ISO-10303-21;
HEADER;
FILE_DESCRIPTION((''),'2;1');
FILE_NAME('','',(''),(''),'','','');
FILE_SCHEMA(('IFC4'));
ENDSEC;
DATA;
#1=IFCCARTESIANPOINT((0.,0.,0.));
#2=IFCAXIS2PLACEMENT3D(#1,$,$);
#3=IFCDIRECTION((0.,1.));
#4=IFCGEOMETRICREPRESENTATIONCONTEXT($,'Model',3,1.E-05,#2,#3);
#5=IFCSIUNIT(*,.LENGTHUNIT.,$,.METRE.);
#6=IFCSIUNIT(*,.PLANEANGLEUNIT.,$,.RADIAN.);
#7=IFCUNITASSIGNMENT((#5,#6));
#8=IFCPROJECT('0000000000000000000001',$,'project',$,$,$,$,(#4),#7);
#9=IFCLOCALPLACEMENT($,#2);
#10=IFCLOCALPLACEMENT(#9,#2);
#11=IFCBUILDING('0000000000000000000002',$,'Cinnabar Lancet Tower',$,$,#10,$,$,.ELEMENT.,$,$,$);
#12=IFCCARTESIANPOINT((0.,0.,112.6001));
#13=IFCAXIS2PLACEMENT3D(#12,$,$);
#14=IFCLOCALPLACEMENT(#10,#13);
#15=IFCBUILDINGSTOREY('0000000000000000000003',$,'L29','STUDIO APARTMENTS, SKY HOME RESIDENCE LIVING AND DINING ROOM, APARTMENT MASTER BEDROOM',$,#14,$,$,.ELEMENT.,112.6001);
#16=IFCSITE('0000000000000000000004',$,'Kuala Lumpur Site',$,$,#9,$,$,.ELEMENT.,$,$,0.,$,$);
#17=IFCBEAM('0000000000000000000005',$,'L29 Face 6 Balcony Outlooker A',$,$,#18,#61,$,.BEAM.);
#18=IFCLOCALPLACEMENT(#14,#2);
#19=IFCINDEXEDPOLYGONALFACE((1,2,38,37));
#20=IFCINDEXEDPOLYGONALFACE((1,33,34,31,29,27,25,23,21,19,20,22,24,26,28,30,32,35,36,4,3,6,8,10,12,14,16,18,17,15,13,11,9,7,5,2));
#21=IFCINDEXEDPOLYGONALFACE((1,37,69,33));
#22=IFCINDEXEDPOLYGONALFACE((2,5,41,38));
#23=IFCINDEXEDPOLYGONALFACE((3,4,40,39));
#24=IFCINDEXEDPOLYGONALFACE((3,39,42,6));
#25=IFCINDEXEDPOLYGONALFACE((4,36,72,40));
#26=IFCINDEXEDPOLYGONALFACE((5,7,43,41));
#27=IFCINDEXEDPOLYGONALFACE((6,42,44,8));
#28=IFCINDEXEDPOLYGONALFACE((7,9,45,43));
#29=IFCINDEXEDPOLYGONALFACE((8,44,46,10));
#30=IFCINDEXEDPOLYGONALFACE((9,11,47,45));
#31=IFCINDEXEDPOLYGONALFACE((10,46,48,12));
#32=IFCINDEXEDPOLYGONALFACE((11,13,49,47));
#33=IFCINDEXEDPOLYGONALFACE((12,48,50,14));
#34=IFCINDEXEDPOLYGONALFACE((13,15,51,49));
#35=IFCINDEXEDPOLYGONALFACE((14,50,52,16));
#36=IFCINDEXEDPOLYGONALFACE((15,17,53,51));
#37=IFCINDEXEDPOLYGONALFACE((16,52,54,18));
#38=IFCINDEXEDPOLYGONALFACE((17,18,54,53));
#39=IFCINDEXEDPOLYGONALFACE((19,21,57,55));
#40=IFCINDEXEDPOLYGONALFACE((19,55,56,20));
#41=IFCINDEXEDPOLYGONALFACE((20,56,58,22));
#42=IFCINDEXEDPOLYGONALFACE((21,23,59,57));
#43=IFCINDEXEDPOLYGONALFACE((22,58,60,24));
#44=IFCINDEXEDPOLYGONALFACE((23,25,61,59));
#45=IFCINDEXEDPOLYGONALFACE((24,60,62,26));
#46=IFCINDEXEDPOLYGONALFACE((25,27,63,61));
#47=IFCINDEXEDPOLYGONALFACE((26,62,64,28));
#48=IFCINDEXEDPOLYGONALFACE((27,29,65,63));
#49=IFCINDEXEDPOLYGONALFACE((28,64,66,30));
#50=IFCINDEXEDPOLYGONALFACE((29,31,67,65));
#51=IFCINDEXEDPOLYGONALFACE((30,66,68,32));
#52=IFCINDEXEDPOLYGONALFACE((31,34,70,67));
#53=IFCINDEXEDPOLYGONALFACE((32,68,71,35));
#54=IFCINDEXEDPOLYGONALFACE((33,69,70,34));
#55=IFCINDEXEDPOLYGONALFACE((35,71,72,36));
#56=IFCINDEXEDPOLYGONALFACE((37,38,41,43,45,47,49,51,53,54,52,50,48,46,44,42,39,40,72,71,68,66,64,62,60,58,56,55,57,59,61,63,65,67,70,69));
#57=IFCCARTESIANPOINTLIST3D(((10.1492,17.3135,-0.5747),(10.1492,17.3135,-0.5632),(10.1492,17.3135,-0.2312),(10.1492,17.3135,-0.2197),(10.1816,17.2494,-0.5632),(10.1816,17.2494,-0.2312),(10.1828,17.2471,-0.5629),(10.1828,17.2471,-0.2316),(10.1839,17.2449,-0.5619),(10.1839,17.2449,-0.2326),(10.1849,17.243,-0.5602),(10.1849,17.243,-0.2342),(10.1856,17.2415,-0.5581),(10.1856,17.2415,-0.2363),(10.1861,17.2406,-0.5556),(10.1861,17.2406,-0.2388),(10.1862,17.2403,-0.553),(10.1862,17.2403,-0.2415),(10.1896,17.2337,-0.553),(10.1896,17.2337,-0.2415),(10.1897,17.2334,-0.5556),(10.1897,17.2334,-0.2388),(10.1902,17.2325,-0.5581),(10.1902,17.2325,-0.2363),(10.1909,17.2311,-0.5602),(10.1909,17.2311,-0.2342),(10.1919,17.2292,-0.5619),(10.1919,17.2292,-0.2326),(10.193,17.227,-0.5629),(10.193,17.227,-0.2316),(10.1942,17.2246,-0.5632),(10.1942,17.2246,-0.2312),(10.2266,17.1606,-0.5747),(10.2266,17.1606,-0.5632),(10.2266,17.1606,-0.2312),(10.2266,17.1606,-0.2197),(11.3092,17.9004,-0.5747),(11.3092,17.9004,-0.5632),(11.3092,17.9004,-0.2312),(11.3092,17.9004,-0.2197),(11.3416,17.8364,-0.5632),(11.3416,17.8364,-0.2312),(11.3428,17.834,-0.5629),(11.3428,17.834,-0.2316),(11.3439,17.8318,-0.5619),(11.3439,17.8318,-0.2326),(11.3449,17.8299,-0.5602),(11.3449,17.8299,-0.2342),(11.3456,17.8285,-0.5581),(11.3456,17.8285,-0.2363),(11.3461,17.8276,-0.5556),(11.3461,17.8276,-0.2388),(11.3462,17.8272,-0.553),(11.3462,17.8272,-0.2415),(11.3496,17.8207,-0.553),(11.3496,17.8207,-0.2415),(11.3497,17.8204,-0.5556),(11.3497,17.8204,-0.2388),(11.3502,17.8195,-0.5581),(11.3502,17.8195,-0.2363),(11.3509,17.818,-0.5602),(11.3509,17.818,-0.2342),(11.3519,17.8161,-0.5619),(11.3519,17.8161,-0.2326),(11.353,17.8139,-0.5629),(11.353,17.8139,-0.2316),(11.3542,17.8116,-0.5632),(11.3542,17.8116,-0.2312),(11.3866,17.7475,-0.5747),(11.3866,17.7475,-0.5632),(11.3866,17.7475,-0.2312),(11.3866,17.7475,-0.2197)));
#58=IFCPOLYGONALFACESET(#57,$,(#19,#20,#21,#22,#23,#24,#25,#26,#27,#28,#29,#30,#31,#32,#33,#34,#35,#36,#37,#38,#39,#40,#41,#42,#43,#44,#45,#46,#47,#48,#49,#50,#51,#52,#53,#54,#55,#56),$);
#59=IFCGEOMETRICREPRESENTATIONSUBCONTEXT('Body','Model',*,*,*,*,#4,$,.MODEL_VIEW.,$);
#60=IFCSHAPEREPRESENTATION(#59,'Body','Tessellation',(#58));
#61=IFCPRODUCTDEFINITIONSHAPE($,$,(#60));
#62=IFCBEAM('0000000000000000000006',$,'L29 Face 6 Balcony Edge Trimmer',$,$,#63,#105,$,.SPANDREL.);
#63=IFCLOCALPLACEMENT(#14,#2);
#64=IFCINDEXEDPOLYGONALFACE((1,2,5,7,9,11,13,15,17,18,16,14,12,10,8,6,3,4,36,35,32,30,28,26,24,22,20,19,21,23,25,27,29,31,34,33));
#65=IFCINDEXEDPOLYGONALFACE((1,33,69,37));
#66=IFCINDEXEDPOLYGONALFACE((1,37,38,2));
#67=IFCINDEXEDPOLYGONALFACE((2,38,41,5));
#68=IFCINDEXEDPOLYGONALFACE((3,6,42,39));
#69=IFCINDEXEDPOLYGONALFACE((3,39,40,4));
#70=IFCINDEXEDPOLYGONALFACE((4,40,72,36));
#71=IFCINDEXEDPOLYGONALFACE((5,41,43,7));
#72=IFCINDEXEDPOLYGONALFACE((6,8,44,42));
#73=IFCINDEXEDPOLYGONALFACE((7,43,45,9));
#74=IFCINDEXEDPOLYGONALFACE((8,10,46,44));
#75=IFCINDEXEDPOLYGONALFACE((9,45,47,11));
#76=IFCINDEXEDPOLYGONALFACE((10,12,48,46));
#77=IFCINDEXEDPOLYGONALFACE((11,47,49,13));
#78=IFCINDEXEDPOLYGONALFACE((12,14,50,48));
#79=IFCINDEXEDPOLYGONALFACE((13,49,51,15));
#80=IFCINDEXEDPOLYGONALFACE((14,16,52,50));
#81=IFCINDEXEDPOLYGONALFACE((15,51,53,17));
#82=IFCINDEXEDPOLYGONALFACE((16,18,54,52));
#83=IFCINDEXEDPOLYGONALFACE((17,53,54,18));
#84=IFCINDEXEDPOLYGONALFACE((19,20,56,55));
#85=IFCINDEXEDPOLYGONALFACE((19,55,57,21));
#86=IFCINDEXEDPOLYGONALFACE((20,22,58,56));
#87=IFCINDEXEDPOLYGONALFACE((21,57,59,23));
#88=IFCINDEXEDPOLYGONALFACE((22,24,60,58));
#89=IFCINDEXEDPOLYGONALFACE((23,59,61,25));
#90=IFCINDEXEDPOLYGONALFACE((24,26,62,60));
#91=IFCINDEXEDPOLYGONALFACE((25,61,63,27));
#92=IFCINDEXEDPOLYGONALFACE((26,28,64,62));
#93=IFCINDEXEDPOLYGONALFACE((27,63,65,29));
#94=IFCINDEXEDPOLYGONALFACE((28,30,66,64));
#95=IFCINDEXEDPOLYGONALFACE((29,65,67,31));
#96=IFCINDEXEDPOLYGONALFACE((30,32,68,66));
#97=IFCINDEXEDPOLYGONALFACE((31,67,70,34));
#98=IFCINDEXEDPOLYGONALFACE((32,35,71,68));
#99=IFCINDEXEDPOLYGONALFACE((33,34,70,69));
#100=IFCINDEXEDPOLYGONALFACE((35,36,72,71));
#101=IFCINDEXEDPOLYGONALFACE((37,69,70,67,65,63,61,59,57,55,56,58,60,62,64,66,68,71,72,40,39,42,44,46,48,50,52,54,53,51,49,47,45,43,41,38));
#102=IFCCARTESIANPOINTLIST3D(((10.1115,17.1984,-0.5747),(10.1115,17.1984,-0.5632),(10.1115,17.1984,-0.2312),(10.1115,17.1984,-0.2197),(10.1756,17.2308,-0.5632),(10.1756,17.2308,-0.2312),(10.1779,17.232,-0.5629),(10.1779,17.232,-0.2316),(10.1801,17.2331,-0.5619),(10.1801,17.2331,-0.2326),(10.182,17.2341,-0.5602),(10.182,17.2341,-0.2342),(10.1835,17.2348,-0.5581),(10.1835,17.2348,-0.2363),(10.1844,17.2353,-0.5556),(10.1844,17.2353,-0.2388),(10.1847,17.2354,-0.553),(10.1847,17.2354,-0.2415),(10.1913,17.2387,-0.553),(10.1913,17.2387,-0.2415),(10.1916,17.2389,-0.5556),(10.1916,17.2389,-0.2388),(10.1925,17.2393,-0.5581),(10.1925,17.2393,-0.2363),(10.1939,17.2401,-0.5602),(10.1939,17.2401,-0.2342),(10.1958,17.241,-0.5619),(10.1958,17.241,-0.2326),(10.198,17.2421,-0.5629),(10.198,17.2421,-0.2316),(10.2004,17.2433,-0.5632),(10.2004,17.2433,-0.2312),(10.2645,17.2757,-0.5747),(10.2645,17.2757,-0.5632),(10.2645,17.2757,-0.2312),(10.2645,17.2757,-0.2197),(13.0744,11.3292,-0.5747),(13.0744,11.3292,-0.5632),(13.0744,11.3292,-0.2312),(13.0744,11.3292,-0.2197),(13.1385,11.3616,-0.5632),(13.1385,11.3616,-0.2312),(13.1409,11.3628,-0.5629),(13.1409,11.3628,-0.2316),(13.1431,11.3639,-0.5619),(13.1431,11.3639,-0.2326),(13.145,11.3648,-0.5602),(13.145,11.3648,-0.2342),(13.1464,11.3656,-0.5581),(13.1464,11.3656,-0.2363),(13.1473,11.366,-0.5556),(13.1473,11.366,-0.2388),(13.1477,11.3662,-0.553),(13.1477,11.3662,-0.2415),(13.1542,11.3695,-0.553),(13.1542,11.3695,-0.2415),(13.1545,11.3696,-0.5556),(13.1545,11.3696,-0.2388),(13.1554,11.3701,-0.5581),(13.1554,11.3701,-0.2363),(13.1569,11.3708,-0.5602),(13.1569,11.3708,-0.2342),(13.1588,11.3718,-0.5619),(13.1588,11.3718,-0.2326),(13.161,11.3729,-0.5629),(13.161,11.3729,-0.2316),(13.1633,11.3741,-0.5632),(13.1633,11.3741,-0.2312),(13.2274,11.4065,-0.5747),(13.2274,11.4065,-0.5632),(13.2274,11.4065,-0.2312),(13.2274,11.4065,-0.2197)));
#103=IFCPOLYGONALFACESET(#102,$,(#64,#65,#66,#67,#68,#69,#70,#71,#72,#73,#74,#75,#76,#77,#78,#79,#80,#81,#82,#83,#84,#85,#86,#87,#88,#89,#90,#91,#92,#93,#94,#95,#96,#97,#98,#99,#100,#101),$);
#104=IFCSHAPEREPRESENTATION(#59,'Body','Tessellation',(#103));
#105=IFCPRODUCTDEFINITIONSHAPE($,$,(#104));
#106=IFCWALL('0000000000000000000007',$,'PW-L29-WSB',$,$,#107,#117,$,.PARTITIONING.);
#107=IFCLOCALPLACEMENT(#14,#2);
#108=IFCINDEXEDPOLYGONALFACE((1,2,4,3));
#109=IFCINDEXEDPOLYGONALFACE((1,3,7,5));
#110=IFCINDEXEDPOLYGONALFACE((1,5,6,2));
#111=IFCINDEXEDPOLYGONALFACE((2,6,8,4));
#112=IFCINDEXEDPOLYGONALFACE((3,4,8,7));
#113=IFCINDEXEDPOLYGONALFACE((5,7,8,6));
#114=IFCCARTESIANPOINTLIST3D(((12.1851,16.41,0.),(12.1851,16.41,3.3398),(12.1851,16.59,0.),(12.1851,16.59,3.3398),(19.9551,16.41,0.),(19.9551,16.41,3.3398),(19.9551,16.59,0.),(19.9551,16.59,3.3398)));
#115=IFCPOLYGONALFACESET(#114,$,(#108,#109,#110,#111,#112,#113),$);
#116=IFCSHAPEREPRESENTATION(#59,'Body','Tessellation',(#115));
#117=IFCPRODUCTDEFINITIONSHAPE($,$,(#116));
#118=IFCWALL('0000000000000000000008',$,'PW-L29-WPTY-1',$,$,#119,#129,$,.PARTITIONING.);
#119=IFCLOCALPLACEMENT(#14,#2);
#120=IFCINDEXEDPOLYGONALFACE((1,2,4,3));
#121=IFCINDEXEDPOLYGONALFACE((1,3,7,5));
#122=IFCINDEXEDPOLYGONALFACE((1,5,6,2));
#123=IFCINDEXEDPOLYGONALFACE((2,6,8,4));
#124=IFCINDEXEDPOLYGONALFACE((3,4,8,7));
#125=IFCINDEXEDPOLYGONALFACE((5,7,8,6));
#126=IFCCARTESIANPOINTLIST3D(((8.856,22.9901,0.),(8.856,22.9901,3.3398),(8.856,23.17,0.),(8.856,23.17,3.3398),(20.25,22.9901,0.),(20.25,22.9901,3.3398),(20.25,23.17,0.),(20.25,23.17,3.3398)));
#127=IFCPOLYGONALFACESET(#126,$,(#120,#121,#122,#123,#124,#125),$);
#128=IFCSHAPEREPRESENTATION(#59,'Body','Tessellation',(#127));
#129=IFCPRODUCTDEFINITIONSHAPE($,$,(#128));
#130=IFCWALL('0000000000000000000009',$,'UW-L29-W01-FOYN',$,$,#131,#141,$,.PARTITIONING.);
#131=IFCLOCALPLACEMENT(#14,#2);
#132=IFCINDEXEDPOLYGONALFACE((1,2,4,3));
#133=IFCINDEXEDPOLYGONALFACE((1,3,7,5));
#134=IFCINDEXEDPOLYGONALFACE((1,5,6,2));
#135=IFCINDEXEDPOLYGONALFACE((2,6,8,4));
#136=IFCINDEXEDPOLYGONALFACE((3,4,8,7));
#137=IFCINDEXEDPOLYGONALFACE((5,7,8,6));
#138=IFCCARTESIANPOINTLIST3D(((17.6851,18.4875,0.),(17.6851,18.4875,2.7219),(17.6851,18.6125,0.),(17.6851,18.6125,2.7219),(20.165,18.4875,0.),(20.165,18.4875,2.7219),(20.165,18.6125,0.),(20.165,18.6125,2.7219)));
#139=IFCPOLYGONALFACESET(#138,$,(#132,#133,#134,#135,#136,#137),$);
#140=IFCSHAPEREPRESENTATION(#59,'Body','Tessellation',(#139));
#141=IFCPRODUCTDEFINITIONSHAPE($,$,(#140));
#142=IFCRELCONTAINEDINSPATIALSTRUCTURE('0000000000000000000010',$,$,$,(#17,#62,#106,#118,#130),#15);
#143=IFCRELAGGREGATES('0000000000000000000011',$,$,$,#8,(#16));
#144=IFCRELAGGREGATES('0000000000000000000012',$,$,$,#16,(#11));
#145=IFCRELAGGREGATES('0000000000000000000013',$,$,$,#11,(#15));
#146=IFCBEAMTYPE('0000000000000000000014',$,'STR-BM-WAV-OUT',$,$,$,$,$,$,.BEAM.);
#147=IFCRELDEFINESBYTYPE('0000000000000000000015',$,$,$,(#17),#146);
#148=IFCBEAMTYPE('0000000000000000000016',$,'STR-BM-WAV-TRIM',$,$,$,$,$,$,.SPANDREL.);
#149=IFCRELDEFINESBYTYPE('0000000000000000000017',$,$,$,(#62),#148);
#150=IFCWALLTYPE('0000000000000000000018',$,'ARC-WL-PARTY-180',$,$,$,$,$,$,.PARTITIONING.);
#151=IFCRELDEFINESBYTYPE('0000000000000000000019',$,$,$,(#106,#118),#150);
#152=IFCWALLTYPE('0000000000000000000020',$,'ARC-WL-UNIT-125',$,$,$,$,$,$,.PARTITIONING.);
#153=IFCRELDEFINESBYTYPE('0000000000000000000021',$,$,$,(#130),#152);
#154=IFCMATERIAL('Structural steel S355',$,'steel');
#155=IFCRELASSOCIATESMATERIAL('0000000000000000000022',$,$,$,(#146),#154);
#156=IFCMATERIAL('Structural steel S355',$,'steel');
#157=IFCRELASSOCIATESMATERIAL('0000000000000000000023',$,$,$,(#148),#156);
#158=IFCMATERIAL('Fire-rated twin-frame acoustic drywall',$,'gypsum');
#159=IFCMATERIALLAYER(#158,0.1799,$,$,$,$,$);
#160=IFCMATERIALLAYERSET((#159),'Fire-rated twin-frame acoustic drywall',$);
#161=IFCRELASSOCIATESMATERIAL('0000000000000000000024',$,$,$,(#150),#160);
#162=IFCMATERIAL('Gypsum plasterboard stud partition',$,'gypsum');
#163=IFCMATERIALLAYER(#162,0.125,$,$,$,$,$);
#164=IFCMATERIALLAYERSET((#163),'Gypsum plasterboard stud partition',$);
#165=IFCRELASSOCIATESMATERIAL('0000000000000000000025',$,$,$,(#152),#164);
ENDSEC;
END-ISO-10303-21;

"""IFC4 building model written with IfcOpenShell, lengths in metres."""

from ifc_helpers import new_model, si_unit, direction, frame, frame_2d, origin, origin_2d, place, context, subcontext, project, spatial, rectangle, i_section, extrude, material, layer, layer_set, material_profile, profile_set, type_object, element, save


model = new_model("IFC4")

# Units and contexts
model_context = context("Model", 3, precision=1e-05, world=origin(), true_north=direction((0.0, 1.0)))
body_context = subcontext(model_context, "Body", "Model", "MODEL_VIEW")
ifc_project = project(units=[si_unit("LENGTHUNIT", "METRE"), si_unit("PLANEANGLEUNIT", "RADIAN")], contexts=[model_context])

# Site, building, storey
site_placement = place(None, origin())
site = spatial("IfcSite", under=ifc_project, at=site_placement, Name="Kuala Lumpur Site", CompositionType="ELEMENT", RefElevation=0.0)
building_placement = place(site_placement, origin())
building = spatial("IfcBuilding", under=site, at=building_placement, Name="Cinnabar Lancet Tower", CompositionType="ELEMENT")
storey_placement = place(building_placement, frame((0.0, 0.0, 112.6001)))
storey = spatial("IfcBuildingStorey", under=building, at=storey_placement, Name="L29", Description="STUDIO APARTMENTS, SKY HOME RESIDENCE LIVING AND DINING ROOM, APARTMENT MASTER BEDROOM", CompositionType="ELEMENT", Elevation=112.6001)

# Beams
ifc_material_1 = material(Name="Structural steel S355", Category="steel")
ifc_material_profile_1 = material_profile(ifc_material_1, i_section(OverallWidth=0.1714, OverallDepth=0.355, WebThickness=0.0073, FlangeThickness=0.0115, FilletRadius=0.0103, at=origin_2d()), Name="UKB 356x171x51")
ifc_profile_set_1 = profile_set([ifc_material_profile_1], Name="Structural steel S355")
beam_type_1 = type_object("IfcBeamType", Name="STR-BM-WAV-OUT", PredefinedType="BEAM", material=ifc_profile_set_1)
beam_1_placement = place(storey_placement, frame((11.3479, 17.824, -0.3972), z_axis=(-0.892276, -0.45149, 0.0), x_axis=(0.45149, -0.892276, 0.0)))
element("IfcBeam", 1, at=beam_1_placement, inside=storey, type_object=beam_type_1, Name="L29 Face 6 Balcony Outlooker A", PredefinedType="BEAM", context=body_context, shape_type="SweptSolid", body=[
    extrude(i_section(OverallWidth=0.1714, OverallDepth=0.355, WebThickness=0.0073, FlangeThickness=0.0115, FilletRadius=0.0103, at=origin_2d()), origin(), (0.0, 0.0, 1.0), 1.3),
])
ifc_material_2 = material(Name="Structural steel S355", Category="steel")
ifc_material_profile_2 = material_profile(ifc_material_2, i_section(OverallWidth=0.1714, OverallDepth=0.355, WebThickness=0.0073, FlangeThickness=0.0115, FilletRadius=0.0103, at=origin_2d()), Name="UKB 356x171x51")
ifc_profile_set_2 = profile_set([ifc_material_profile_2], Name="Structural steel S355")
beam_type_2 = type_object("IfcBeamType", Name="STR-BM-WAV-TRIM", PredefinedType="SPANDREL", material=ifc_profile_set_2)
beam_2_placement = place(storey_placement, frame((10.188, 17.2371, -0.3972), z_axis=(0.450656, -0.892698, 0.0), x_axis=(0.892698, 0.450656, 0.0)))
element("IfcBeam", 2, at=beam_2_placement, inside=storey, type_object=beam_type_2, Name="L29 Face 6 Balcony Edge Trimmer", PredefinedType="SPANDREL", context=body_context, shape_type="SweptSolid", body=[
    extrude(i_section(OverallWidth=0.1714, OverallDepth=0.355, WebThickness=0.0073, FlangeThickness=0.0115, FilletRadius=0.0103, at=origin_2d()), origin(), (0.0, 0.0, 1.0), 6.5747),
])

# Walls
ifc_material_3 = material(Name="Fire-rated twin-frame acoustic drywall", Category="gypsum")
ifc_layer_1 = layer(ifc_material_3, 0.1799)
ifc_layer_set_1 = layer_set([ifc_layer_1], Name="Fire-rated twin-frame acoustic drywall")
wall_type_1 = type_object("IfcWallType", Name="ARC-WL-PARTY-180", PredefinedType="PARTITIONING", material=ifc_layer_set_1)
wall_1_placement = place(storey_placement, frame((12.1851, 16.5, 0.0), z_axis=(0.0, 0.0, 1.0), x_axis=(1.0, 0.0, 0.0)))
element("IfcWall", 3, at=wall_1_placement, inside=storey, type_object=wall_type_1, Name="PW-L29-WSB", PredefinedType="PARTITIONING", context=body_context, shape_type="SweptSolid", body=[
    extrude(rectangle(XDim=7.77, YDim=0.1799, at=frame_2d((3.885, 0.0))), origin(), (0.0, 0.0, 1.0), 3.3398),
])
wall_2_placement = place(storey_placement, frame((8.856, 23.0801, 0.0), z_axis=(0.0, 0.0, 1.0), x_axis=(1.0, 0.0, 0.0)))
element("IfcWall", 4, at=wall_2_placement, inside=storey, type_object=wall_type_1, Name="PW-L29-WPTY-1", PredefinedType="PARTITIONING", context=body_context, shape_type="SweptSolid", body=[
    extrude(rectangle(XDim=11.394, YDim=0.1799, at=frame_2d((5.697, 0.0))), origin(), (0.0, 0.0, 1.0), 3.3398),
])
ifc_material_4 = material(Name="Gypsum plasterboard stud partition", Category="gypsum")
ifc_layer_2 = layer(ifc_material_4, 0.125)
ifc_layer_set_2 = layer_set([ifc_layer_2], Name="Gypsum plasterboard stud partition")
wall_type_2 = type_object("IfcWallType", Name="ARC-WL-UNIT-125", PredefinedType="PARTITIONING", material=ifc_layer_set_2)
wall_3_placement = place(storey_placement, frame((17.6851, 18.55, 0.0), z_axis=(0.0, 0.0, 1.0), x_axis=(1.0, 0.0, 0.0)))
element("IfcWall", 5, at=wall_3_placement, inside=storey, type_object=wall_type_2, Name="UW-L29-W01-FOYN", PredefinedType="PARTITIONING", context=body_context, shape_type="SweptSolid", body=[
    extrude(rectangle(XDim=2.48, YDim=0.125, at=frame_2d((1.24, 0.0))), origin(), (0.0, 0.0, 1.0), 2.7219),
])

save(model, "model.ifc")
